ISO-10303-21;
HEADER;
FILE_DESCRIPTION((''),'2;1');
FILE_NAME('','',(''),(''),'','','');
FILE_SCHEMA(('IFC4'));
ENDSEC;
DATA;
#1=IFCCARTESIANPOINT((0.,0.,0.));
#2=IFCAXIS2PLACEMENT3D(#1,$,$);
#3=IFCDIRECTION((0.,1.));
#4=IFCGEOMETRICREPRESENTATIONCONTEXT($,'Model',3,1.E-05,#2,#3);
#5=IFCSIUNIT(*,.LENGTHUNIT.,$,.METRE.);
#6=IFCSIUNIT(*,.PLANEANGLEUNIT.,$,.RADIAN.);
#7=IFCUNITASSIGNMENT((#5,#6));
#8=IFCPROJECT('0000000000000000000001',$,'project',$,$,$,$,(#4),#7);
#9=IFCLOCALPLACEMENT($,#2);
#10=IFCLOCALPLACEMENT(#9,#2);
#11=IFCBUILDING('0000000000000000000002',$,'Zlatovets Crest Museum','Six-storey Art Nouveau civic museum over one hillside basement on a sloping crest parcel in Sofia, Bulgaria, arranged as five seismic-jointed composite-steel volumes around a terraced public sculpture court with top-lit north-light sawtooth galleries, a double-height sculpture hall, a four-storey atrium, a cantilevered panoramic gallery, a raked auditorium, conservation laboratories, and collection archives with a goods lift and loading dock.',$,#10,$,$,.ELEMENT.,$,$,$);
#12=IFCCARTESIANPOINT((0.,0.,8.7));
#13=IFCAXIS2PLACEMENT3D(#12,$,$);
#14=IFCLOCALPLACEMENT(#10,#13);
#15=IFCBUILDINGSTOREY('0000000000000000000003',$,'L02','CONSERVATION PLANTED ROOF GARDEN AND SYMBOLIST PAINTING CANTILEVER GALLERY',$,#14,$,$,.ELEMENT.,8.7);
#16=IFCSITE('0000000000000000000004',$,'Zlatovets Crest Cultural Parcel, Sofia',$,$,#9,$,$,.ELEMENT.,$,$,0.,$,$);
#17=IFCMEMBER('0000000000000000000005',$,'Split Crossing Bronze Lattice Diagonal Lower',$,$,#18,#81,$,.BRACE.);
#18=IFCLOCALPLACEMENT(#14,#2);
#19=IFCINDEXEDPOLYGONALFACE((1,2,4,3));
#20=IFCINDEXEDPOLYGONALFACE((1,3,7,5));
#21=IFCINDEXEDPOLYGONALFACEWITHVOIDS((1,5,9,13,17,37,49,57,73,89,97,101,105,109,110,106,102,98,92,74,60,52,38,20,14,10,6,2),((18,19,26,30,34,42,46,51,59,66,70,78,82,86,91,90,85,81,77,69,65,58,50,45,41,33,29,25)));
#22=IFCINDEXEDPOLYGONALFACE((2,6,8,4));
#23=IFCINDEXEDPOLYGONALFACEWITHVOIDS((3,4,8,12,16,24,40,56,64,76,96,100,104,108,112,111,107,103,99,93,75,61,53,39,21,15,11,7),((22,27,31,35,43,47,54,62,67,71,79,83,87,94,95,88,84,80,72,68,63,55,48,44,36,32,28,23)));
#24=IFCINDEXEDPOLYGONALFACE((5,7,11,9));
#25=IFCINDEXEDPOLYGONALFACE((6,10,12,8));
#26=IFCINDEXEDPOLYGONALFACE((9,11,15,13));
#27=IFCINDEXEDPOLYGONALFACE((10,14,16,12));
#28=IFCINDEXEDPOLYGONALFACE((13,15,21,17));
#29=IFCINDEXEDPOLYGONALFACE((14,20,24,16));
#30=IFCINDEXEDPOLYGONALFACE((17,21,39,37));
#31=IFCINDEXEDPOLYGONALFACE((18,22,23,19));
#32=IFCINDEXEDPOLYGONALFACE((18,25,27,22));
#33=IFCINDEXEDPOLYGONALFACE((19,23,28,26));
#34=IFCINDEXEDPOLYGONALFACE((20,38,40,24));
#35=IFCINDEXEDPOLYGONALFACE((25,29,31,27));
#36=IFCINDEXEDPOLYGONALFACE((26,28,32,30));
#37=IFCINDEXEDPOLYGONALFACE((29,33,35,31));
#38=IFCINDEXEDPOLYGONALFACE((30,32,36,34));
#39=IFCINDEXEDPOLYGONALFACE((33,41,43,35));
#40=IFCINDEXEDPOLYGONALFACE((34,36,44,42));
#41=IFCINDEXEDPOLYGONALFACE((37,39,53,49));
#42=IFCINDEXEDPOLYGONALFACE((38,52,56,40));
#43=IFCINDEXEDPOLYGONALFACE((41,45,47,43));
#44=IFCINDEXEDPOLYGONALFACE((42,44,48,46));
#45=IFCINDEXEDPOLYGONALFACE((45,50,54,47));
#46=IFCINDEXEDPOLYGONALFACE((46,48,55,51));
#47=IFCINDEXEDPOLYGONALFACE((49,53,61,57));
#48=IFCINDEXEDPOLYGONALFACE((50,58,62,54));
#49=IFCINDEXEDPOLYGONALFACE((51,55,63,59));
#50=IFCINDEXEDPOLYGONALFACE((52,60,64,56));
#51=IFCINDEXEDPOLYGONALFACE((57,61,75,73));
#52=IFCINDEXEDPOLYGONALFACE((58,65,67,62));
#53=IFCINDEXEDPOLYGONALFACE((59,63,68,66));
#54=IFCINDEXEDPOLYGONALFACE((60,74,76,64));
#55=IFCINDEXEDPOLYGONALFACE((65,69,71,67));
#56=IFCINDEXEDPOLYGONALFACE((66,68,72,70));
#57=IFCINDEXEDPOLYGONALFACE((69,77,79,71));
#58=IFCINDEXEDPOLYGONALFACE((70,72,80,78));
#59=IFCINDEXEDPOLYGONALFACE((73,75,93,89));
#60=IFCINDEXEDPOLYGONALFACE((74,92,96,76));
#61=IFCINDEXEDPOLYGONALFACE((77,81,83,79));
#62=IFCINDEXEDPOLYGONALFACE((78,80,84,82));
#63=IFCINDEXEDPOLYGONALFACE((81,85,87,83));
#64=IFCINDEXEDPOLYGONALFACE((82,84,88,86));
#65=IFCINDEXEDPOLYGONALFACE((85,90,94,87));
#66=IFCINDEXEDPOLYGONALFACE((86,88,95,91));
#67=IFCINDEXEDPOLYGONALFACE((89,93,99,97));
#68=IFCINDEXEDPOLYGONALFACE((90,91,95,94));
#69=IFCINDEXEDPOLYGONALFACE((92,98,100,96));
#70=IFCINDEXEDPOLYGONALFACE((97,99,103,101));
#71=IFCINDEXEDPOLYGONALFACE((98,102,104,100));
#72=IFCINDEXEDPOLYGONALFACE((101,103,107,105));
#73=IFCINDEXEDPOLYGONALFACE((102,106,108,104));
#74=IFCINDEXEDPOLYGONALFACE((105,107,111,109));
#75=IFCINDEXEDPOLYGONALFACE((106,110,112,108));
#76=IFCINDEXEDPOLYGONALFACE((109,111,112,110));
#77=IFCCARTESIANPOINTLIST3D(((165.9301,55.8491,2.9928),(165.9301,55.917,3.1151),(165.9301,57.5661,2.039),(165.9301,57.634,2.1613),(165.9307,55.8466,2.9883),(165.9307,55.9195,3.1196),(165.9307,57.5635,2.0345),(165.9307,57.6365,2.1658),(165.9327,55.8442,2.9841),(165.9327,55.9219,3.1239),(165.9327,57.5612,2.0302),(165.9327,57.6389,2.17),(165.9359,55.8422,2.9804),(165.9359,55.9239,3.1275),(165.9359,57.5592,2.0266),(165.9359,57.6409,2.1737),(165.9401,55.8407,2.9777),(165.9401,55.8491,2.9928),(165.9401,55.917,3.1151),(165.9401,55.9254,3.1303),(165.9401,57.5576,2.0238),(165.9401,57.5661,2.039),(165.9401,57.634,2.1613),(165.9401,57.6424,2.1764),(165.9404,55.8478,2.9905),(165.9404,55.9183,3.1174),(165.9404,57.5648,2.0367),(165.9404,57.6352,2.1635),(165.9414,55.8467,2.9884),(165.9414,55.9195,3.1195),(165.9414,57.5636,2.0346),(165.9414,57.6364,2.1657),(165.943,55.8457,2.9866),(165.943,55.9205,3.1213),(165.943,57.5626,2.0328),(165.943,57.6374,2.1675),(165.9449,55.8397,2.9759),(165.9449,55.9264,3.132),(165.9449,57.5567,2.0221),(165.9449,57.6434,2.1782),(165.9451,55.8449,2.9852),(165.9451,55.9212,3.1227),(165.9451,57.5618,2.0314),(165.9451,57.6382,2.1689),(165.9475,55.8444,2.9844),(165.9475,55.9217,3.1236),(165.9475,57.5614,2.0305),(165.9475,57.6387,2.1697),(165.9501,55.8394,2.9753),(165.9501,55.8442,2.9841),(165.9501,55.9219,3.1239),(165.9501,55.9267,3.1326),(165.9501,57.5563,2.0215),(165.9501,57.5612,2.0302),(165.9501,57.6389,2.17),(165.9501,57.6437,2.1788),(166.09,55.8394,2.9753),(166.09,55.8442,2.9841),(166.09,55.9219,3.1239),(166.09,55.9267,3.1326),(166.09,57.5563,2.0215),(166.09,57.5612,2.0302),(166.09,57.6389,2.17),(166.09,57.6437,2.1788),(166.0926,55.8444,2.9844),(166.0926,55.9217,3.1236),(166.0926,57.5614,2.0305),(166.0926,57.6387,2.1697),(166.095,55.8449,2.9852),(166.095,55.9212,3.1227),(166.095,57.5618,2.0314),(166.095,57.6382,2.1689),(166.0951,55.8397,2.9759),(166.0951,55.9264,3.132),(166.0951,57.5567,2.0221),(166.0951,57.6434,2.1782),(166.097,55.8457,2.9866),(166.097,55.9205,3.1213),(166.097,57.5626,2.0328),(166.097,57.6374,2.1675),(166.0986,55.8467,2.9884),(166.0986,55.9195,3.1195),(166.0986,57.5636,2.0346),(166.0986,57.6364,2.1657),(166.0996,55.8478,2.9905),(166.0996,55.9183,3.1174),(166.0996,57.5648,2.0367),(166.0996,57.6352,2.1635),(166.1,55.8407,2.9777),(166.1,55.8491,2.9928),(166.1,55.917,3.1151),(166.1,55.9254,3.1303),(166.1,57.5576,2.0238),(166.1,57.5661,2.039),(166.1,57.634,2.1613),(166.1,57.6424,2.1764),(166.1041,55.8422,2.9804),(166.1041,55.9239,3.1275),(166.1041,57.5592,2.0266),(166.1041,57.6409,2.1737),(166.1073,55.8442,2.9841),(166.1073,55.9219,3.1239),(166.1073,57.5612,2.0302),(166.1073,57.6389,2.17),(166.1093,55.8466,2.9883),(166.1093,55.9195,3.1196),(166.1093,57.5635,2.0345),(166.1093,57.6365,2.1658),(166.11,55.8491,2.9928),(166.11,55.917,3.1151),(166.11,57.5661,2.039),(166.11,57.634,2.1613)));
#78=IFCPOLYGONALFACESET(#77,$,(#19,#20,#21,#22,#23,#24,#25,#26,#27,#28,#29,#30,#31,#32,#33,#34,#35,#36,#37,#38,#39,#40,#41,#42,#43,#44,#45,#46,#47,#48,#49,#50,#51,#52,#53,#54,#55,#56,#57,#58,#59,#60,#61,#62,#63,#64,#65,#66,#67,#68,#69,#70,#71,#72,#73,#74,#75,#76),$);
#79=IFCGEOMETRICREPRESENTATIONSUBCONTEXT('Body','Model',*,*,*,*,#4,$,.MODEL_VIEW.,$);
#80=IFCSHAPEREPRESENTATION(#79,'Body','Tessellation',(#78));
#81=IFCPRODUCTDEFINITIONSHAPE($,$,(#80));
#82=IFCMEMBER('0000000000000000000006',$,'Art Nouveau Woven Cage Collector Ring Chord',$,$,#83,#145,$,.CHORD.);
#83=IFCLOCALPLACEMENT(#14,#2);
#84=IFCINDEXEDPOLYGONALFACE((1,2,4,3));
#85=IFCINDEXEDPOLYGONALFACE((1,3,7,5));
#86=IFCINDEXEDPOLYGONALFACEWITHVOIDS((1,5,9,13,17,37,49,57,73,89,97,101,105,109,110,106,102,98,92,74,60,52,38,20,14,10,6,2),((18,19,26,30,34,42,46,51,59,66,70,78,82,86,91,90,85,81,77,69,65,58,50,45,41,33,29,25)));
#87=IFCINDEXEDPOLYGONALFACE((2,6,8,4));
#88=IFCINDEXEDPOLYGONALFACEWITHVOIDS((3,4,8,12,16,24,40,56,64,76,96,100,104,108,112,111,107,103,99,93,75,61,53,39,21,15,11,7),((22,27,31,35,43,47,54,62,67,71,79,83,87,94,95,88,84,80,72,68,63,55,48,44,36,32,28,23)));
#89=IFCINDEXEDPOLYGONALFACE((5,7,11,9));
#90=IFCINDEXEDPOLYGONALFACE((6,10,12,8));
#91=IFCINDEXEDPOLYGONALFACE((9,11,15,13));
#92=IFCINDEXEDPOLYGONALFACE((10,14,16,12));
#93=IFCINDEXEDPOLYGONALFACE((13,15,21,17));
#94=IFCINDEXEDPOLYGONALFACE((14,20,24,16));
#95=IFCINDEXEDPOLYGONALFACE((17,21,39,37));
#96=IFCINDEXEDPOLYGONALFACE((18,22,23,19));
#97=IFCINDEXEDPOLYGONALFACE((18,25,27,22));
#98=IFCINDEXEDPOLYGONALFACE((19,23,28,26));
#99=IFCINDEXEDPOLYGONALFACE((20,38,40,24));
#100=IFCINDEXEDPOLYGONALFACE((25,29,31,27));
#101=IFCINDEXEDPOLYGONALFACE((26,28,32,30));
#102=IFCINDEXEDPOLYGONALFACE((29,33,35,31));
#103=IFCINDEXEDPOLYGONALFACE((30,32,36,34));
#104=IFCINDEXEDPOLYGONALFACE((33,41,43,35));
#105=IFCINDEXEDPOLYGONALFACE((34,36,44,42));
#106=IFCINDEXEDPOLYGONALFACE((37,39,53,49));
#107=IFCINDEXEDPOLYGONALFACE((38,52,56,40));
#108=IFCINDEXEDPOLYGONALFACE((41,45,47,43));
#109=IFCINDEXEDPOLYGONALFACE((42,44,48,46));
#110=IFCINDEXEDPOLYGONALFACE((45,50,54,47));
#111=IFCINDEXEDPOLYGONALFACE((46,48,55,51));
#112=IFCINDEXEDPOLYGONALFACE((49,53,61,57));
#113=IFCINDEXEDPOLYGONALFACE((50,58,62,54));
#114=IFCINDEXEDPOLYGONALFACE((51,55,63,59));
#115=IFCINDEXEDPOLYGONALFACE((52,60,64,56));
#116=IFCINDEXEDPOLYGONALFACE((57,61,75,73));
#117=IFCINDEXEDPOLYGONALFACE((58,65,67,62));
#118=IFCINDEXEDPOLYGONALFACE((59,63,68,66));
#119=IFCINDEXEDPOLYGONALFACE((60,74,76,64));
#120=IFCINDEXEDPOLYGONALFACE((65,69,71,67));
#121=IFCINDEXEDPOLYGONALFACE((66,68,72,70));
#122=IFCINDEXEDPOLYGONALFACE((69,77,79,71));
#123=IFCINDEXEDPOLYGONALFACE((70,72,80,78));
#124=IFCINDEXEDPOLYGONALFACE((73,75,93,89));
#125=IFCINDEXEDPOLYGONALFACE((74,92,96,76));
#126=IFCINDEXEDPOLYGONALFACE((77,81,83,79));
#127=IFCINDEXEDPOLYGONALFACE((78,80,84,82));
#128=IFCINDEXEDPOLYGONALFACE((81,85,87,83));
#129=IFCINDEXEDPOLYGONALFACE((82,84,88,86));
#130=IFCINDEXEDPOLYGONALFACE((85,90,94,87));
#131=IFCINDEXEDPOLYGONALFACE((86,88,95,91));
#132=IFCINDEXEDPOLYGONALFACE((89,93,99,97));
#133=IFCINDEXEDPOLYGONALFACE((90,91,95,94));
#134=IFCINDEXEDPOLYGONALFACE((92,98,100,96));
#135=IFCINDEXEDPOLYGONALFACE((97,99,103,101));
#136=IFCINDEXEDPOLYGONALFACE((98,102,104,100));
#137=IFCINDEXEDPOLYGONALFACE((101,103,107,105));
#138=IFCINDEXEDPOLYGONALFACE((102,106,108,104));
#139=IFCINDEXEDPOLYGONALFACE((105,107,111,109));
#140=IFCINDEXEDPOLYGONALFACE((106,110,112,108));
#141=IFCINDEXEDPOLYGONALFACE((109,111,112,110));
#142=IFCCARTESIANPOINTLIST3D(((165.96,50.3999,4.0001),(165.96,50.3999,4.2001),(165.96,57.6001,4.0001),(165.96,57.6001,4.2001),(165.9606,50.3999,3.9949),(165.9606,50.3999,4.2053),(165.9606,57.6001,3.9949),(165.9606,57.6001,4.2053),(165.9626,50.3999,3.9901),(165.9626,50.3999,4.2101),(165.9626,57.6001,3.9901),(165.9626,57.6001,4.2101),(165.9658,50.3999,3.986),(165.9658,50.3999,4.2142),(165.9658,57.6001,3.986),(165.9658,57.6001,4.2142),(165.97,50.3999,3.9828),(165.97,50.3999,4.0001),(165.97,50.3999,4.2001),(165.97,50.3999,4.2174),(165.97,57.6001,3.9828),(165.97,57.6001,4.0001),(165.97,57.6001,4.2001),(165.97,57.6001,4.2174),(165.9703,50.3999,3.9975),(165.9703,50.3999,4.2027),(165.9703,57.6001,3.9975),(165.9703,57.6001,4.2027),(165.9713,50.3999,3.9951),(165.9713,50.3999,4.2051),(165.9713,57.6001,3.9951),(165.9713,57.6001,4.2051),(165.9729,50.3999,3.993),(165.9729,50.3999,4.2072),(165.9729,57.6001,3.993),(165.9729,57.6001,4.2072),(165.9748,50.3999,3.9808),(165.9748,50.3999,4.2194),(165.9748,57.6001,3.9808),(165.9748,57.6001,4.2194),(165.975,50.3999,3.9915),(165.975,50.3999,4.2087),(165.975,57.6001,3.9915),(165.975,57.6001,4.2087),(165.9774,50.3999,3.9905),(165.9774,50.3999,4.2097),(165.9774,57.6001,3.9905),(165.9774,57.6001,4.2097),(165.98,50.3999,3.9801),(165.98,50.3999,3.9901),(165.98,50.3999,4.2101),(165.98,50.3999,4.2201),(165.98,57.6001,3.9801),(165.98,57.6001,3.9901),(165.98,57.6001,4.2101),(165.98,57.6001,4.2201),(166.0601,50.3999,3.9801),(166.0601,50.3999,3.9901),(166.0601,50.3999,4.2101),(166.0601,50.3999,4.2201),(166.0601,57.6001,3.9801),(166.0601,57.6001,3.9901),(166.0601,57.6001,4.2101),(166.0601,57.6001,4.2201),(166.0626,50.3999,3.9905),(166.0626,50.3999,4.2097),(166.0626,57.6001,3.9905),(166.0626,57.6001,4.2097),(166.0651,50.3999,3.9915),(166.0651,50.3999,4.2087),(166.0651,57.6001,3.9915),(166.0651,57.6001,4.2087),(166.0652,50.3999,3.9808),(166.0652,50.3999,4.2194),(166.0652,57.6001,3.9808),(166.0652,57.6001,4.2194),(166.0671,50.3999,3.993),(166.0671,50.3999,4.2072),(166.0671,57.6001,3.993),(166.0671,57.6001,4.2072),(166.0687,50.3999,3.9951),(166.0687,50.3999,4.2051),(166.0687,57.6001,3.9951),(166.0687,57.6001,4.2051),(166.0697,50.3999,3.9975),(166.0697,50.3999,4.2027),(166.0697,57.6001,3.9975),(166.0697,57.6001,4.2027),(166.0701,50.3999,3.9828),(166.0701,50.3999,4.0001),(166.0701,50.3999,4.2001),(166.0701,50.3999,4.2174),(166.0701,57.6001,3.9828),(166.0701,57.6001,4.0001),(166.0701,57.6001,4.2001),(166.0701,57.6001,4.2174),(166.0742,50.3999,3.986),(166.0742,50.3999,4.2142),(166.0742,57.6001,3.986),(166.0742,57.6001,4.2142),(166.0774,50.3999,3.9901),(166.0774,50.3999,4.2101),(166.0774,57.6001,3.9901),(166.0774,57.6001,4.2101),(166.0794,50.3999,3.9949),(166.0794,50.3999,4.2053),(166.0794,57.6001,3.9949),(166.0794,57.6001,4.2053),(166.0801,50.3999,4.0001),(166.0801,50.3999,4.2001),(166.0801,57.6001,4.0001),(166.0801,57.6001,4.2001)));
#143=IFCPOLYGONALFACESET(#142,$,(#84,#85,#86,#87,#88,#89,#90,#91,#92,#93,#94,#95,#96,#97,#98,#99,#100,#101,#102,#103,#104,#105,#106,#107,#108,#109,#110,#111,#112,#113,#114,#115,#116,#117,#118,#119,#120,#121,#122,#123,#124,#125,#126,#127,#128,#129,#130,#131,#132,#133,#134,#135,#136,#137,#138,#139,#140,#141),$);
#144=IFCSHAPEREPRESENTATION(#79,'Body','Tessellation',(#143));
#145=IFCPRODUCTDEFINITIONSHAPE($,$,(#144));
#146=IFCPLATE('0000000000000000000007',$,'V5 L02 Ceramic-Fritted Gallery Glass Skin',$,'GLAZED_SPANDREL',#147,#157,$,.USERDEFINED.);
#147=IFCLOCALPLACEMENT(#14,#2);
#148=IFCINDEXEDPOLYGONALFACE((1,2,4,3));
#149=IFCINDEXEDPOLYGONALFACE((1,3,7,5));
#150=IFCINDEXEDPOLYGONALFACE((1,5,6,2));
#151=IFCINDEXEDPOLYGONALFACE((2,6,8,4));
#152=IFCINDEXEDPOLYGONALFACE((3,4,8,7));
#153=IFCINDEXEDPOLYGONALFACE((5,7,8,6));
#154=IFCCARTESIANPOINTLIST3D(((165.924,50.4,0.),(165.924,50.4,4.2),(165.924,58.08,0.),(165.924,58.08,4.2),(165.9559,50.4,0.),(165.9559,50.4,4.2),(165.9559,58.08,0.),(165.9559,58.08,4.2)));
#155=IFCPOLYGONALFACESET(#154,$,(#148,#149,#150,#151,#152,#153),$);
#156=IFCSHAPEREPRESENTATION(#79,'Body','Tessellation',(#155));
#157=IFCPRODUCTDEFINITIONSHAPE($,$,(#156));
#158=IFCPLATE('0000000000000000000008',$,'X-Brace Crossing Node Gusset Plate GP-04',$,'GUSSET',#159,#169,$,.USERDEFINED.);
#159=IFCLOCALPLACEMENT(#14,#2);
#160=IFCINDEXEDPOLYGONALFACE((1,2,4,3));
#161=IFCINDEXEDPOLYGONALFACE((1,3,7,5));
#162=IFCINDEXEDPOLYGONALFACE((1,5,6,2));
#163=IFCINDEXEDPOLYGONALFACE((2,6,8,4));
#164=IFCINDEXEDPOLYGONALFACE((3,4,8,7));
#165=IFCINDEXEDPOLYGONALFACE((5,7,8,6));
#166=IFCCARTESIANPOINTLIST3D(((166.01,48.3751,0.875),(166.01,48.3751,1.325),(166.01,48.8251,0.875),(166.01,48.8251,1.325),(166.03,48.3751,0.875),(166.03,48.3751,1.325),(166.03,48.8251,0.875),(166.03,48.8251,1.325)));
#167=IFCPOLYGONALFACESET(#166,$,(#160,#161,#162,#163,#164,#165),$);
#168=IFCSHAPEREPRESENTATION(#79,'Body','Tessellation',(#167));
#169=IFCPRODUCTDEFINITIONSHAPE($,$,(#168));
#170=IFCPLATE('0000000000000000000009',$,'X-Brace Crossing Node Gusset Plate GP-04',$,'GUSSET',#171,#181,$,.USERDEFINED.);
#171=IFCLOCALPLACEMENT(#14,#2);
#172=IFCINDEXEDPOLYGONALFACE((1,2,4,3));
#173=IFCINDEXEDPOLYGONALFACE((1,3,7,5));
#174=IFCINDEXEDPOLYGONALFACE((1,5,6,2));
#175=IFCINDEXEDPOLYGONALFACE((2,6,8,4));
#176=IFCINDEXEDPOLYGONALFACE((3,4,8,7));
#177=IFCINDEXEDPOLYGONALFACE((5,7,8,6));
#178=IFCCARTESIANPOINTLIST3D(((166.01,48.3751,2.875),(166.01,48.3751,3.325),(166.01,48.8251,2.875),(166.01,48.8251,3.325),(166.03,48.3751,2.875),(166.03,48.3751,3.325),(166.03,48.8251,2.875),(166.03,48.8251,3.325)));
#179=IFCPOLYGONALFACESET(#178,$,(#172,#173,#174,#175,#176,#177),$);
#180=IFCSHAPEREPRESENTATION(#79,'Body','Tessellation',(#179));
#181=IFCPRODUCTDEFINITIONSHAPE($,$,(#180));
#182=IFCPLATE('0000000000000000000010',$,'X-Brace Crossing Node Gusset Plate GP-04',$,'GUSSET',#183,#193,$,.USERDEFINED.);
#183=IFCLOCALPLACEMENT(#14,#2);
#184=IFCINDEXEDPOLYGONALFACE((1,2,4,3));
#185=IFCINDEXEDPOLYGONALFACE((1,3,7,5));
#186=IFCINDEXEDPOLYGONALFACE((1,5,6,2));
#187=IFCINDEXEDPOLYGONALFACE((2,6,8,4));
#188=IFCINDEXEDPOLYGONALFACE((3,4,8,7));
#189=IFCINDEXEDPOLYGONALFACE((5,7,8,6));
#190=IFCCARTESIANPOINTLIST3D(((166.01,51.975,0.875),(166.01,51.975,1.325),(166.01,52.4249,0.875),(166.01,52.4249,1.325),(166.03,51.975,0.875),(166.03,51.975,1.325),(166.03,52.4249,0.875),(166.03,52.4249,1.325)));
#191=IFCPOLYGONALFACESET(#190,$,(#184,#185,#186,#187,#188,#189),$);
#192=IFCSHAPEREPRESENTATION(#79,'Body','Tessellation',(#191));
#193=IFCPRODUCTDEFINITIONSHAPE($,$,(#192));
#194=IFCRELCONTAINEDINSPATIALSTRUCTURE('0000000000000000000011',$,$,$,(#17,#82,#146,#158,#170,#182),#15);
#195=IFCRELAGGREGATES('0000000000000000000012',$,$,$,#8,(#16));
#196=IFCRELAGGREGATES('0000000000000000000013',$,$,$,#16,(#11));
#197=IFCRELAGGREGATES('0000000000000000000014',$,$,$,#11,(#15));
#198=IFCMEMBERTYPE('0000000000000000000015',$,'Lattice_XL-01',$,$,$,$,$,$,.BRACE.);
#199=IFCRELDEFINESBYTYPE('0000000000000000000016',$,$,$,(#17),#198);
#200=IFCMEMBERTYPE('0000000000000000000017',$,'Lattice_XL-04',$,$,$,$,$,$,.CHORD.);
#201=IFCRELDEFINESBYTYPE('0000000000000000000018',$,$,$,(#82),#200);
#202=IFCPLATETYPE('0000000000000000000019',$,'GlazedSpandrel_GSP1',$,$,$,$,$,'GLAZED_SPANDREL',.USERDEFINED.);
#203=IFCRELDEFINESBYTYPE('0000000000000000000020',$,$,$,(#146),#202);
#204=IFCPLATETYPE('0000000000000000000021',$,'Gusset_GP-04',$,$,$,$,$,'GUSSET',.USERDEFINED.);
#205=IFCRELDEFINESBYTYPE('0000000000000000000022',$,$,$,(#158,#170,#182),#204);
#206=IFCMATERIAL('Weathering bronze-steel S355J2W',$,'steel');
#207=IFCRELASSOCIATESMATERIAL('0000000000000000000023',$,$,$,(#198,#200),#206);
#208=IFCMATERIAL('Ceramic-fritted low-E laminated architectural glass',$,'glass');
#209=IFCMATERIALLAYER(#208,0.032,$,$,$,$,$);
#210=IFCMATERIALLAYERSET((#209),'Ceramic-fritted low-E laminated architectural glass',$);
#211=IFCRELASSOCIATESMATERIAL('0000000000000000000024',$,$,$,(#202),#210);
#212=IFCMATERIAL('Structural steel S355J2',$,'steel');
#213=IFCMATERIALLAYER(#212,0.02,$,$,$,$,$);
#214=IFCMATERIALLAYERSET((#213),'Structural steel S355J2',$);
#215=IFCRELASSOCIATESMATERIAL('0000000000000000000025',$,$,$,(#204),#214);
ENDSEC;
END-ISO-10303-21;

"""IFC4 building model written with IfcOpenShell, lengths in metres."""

from ifc_helpers import new_model, si_unit, direction, frame, origin, origin_2d, place, context, subcontext, project, spatial, rectangle, hollow_rectangle, extrude, material, layer, layer_set, material_profile, profile_set, type_object, element, save


model = new_model("IFC4")

# Units and contexts
model_context = context("Model", 3, precision=1e-05, world=origin(), true_north=direction((0.0, 1.0)))
body_context = subcontext(model_context, "Body", "Model", "MODEL_VIEW")
ifc_project = project(units=[si_unit("LENGTHUNIT", "METRE"), si_unit("PLANEANGLEUNIT", "RADIAN")], contexts=[model_context])

# Site, building, storey
site_placement = place(None, origin())
site = spatial("IfcSite", under=ifc_project, at=site_placement, Name="Zlatovets Crest Cultural Parcel, Sofia", CompositionType="ELEMENT", RefElevation=0.0)
building_placement = place(site_placement, origin())
building = spatial("IfcBuilding", under=site, at=building_placement, Name="Zlatovets Crest Museum", Description="Six-storey Art Nouveau civic museum over one hillside basement on a sloping crest parcel in Sofia, Bulgaria, arranged as five seismic-jointed composite-steel volumes around a terraced public sculpture court with top-lit north-light sawtooth galleries, a double-height sculpture hall, a four-storey atrium, a cantilevered panoramic gallery, a raked auditorium, conservation laboratories, and collection archives with a goods lift and loading dock.", CompositionType="ELEMENT")
storey_placement = place(building_placement, frame((0.0, 0.0, 8.7)))
storey = spatial("IfcBuildingStorey", under=building, at=storey_placement, Name="L02", Description="CONSERVATION PLANTED ROOF GARDEN AND SYMBOLIST PAINTING CANTILEVER GALLERY", CompositionType="ELEMENT", Elevation=8.7)

# Shared definitions
ifc_material_1 = material(Name="Structural steel S355J2", Category="steel")

# Members
ifc_material_2 = material(Name="Weathering bronze-steel S355J2W", Category="steel")
ifc_material_profile_1 = material_profile(ifc_material_2, hollow_rectangle(XDim=0.1799, YDim=0.1799, WallThickness=0.01, InnerFilletRadius=0.01, OuterFilletRadius=0.02, at=origin_2d()), Name="SHS 180x180x10.0")
ifc_profile_set_1 = profile_set([ifc_material_profile_1], Name="Weathering bronze-steel S355J2W")
member_type_1 = type_object("IfcMemberType", Name="Lattice_XL-01", PredefinedType="BRACE", material=ifc_profile_set_1)
for number, where, z_axis, x_axis, name in (
    (1, (166.02, 55.8831, 3.054), (0.0, 0.874169, -0.485622), (-1.0, 0.0, 0.0), "Split Crossing Bronze Lattice Diagonal Lower"),
):
    element("IfcMember", number, at=place(storey_placement, frame(where, z_axis=z_axis, x_axis=x_axis)), inside=storey, type_object=member_type_1, Name=name, PredefinedType="BRACE", context=body_context, shape_type="SweptSolid", body=[
        extrude(hollow_rectangle(XDim=0.1799, YDim=0.1799, WallThickness=0.01, InnerFilletRadius=0.01, OuterFilletRadius=0.02, at=origin_2d()), origin(), (0.0, 0.0, 1.0), 1.9641),
    ])
ifc_material_profile_2 = material_profile(ifc_material_2, hollow_rectangle(XDim=0.1201, YDim=0.24, WallThickness=0.01, InnerFilletRadius=0.01, OuterFilletRadius=0.02, at=origin_2d()), Name="RHS 120x240x10.0")
ifc_profile_set_2 = profile_set([ifc_material_profile_2], Name="Weathering bronze-steel S355J2W")
member_type_2 = type_object("IfcMemberType", Name="Lattice_XL-04", PredefinedType="CHORD", material=ifc_profile_set_2)
member_1_placement = place(storey_placement, frame((166.02, 50.3999, 4.1001), z_axis=(0.0, 1.0, 0.0), x_axis=(-1.0, 0.0, 0.0)))
element("IfcMember", 2, at=member_1_placement, inside=storey, type_object=member_type_2, Name="Art Nouveau Woven Cage Collector Ring Chord", PredefinedType="CHORD", context=body_context, shape_type="SweptSolid", body=[
    extrude(hollow_rectangle(XDim=0.1201, YDim=0.24, WallThickness=0.01, InnerFilletRadius=0.01, OuterFilletRadius=0.02, at=origin_2d()), origin(), (0.0, 0.0, 1.0), 7.2002),
])

# Plates
ifc_material_3 = material(Name="Ceramic-fritted low-E laminated architectural glass", Category="glass")
ifc_layer_1 = layer(ifc_material_3, 0.032)
ifc_layer_set_1 = layer_set([ifc_layer_1], Name="Ceramic-fritted low-E laminated architectural glass")
plate_type_1 = type_object("IfcPlateType", Name="GlazedSpandrel_GSP1", ElementType="GLAZED_SPANDREL", PredefinedType="USERDEFINED", material=ifc_layer_set_1)
plate_placement = place(storey_placement, frame((165.9399, 54.24, 0.0), z_axis=(0.0, 0.0, 1.0), x_axis=(0.0, 1.0, 0.0)))
element("IfcPlate", 3, at=plate_placement, inside=storey, type_object=plate_type_1, Name="V5 L02 Ceramic-Fritted Gallery Glass Skin", ObjectType="GLAZED_SPANDREL", PredefinedType="USERDEFINED", context=body_context, shape_type="SweptSolid", body=[
    extrude(rectangle(XDim=7.6799, YDim=0.032, at=origin_2d()), origin(), (0.0, 0.0, 1.0), 4.2),
])
ifc_layer_2 = layer(ifc_material_1, 0.02)
ifc_layer_set_2 = layer_set([ifc_layer_2], Name="Structural steel S355J2")
plate_type_2 = type_object("IfcPlateType", Name="Gusset_GP-04", ElementType="GUSSET", PredefinedType="USERDEFINED", material=ifc_layer_set_2)
for number, where, z_axis, x_axis, name in (
    (4, (166.02, 48.6001, 0.875), (0.0, 0.0, 1.0), (1.0, 0.0, 0.0), "X-Brace Crossing Node Gusset Plate GP-04"),
    (5, (166.02, 48.6001, 2.875), (0.0, 0.0, 1.0), (1.0, 0.0, 0.0), "X-Brace Crossing Node Gusset Plate GP-04"),
    (6, (166.02, 52.2, 0.875), (0.0, 0.0, 1.0), (1.0, 0.0, 0.0), "X-Brace Crossing Node Gusset Plate GP-04"),
):
    element("IfcPlate", number, at=place(storey_placement, frame(where, z_axis=z_axis, x_axis=x_axis)), inside=storey, type_object=plate_type_2, Name=name, ObjectType="GUSSET", PredefinedType="USERDEFINED", context=body_context, shape_type="SweptSolid", body=[
        extrude(rectangle(XDim=0.02, YDim=0.45, at=origin_2d()), origin(), (0.0, 0.0, 1.0), 0.45),
    ])

save(model, "model.ifc")
